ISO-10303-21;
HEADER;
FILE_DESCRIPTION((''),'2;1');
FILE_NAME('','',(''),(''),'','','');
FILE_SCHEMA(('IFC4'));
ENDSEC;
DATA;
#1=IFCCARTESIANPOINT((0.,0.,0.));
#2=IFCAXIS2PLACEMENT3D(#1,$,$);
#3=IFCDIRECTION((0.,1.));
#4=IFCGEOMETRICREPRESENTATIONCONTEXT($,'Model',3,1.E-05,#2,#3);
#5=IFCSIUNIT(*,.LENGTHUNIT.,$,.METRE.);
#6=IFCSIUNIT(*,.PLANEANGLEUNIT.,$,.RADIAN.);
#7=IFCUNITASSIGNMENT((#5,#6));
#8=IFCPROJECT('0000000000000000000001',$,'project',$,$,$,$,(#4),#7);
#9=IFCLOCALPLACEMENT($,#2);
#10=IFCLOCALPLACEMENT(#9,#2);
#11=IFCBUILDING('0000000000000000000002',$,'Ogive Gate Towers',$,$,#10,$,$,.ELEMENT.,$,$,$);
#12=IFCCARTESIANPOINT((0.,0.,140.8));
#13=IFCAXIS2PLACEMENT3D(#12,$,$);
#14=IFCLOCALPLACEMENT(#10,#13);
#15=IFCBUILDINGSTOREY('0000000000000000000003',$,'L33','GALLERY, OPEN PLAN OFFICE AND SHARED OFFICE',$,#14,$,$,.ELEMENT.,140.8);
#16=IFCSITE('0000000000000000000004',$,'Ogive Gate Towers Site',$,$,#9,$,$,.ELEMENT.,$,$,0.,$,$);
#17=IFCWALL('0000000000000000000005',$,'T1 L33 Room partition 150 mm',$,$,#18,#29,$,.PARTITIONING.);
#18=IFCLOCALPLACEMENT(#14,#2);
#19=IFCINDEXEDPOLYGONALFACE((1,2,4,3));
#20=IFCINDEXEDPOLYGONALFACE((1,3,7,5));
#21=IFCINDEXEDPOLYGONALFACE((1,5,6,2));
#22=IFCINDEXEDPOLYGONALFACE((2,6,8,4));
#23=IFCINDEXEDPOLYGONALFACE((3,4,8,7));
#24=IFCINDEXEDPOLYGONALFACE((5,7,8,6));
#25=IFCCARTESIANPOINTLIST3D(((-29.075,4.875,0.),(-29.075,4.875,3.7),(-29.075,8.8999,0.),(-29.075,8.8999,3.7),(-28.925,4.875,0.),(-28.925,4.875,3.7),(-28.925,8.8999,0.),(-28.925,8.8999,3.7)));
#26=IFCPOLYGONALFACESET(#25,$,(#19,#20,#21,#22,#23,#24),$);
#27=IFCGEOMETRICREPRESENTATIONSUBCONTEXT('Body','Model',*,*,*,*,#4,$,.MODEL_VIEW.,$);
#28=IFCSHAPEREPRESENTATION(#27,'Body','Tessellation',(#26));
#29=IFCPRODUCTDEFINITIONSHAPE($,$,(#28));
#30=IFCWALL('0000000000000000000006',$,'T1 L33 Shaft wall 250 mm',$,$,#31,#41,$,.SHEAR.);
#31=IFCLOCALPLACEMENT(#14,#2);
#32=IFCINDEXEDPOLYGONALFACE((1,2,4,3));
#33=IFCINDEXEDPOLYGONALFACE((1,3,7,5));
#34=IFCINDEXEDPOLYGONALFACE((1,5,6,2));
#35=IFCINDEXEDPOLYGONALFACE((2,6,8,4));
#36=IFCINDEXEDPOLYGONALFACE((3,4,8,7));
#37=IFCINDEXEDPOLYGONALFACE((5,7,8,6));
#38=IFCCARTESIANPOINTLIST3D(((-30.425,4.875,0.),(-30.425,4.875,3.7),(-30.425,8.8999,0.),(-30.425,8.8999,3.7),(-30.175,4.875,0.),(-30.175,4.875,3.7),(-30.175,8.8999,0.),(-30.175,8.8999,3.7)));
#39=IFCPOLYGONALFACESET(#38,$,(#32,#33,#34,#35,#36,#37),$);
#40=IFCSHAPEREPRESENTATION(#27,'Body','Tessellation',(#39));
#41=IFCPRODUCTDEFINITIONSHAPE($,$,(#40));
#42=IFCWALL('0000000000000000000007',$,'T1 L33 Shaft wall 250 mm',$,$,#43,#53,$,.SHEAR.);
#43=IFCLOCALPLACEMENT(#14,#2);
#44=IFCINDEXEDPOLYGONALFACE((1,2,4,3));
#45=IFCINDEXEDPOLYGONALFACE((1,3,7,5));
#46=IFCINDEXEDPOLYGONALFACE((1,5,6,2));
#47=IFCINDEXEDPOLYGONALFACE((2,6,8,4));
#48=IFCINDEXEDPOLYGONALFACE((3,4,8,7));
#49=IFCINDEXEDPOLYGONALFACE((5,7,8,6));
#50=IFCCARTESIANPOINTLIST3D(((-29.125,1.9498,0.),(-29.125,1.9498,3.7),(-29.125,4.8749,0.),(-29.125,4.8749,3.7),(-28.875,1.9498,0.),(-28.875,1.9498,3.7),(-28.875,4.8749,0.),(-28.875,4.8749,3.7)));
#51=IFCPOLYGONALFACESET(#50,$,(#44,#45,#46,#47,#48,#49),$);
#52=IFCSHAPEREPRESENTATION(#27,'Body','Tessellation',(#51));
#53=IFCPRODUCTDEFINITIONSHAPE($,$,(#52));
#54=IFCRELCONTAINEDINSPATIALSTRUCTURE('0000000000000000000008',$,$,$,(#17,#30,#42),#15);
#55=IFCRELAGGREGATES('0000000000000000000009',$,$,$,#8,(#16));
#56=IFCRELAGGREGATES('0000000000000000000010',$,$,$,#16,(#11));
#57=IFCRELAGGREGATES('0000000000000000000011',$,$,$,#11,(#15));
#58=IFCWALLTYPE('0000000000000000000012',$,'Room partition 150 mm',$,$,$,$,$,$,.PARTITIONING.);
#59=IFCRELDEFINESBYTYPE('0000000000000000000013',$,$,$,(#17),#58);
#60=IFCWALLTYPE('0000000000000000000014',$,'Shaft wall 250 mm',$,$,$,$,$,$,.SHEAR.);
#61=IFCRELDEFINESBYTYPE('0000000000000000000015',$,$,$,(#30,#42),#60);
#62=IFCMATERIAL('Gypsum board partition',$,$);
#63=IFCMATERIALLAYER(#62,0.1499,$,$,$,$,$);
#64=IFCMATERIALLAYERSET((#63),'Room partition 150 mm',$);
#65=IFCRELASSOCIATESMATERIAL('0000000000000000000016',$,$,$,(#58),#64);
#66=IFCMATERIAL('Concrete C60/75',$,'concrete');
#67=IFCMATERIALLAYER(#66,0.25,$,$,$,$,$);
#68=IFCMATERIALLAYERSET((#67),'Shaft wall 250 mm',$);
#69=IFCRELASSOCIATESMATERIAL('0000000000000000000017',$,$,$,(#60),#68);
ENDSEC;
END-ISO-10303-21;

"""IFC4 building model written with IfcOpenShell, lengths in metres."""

from ifc_helpers import new_model, si_unit, direction, frame, frame_2d, origin, place, context, subcontext, project, spatial, rectangle, extrude, material, layer, layer_set, type_object, element, save


model = new_model("IFC4")

# Units and contexts
model_context = context("Model", 3, precision=1e-05, world=origin(), true_north=direction((0.0, 1.0)))
body_context = subcontext(model_context, "Body", "Model", "MODEL_VIEW")
ifc_project = project(units=[si_unit("LENGTHUNIT", "METRE"), si_unit("PLANEANGLEUNIT", "RADIAN")], contexts=[model_context])

# Site, building, storey
site_placement = place(None, origin())
site = spatial("IfcSite", under=ifc_project, at=site_placement, Name="Ogive Gate Towers Site", CompositionType="ELEMENT", RefElevation=0.0)
building_placement = place(site_placement, origin())
building = spatial("IfcBuilding", under=site, at=building_placement, Name="Ogive Gate Towers", CompositionType="ELEMENT")
storey_placement = place(building_placement, frame((0.0, 0.0, 140.8)))
storey = spatial("IfcBuildingStorey", under=building, at=storey_placement, Name="L33", Description="GALLERY, OPEN PLAN OFFICE AND SHARED OFFICE", CompositionType="ELEMENT", Elevation=140.8)

# Shared definitions
ifc_material_1 = material(Name="Gypsum board partition")

# Walls
ifc_layer_1 = layer(ifc_material_1, 0.1499)
ifc_layer_set_1 = layer_set([ifc_layer_1], Name="Room partition 150 mm")
wall_type_1 = type_object("IfcWallType", Name="Room partition 150 mm", PredefinedType="PARTITIONING", material=ifc_layer_set_1)
wall_1_placement = place(storey_placement, frame((-29.0, 4.875, 0.0), z_axis=(0.0, 0.0, 1.0), x_axis=(0.0, 1.0, 0.0)))
element("IfcWall", 1, at=wall_1_placement, inside=storey, type_object=wall_type_1, Name="T1 L33 Room partition 150 mm", PredefinedType="PARTITIONING", context=body_context, shape_type="SweptSolid", body=[
    extrude(rectangle(XDim=4.0249, YDim=0.1499, at=frame_2d((2.0125, 0.0))), origin(), (0.0, 0.0, 1.0), 3.7),
])
ifc_material_2 = material(Name="Concrete C60/75", Category="concrete")
ifc_layer_2 = layer(ifc_material_2, 0.25)
ifc_layer_set_2 = layer_set([ifc_layer_2], Name="Shaft wall 250 mm")
wall_type_2 = type_object("IfcWallType", Name="Shaft wall 250 mm", PredefinedType="SHEAR", material=ifc_layer_set_2)
wall_2_placement = place(storey_placement, frame((-30.3, 4.875, 0.0), z_axis=(0.0, 0.0, 1.0), x_axis=(0.0, 1.0, 0.0)))
element("IfcWall", 2, at=wall_2_placement, inside=storey, type_object=wall_type_2, Name="T1 L33 Shaft wall 250 mm", PredefinedType="SHEAR", context=body_context, shape_type="SweptSolid", body=[
    extrude(rectangle(XDim=4.0249, YDim=0.25, at=frame_2d((2.0125, 0.0))), origin(), (0.0, 0.0, 1.0), 3.7),
])
wall_3_placement = place(storey_placement, frame((-29.0, 1.95, 0.0), z_axis=(0.0, 0.0, 1.0), x_axis=(0.0, 1.0, 0.0)))
element("IfcWall", 3, at=wall_3_placement, inside=storey, type_object=wall_type_2, Name="T1 L33 Shaft wall 250 mm", PredefinedType="SHEAR", context=body_context, shape_type="SweptSolid", body=[
    extrude(rectangle(XDim=2.925, YDim=0.25, at=frame_2d((1.4624, 0.0))), origin(), (0.0, 0.0, 1.0), 3.7),
])

save(model, "model.ifc")
